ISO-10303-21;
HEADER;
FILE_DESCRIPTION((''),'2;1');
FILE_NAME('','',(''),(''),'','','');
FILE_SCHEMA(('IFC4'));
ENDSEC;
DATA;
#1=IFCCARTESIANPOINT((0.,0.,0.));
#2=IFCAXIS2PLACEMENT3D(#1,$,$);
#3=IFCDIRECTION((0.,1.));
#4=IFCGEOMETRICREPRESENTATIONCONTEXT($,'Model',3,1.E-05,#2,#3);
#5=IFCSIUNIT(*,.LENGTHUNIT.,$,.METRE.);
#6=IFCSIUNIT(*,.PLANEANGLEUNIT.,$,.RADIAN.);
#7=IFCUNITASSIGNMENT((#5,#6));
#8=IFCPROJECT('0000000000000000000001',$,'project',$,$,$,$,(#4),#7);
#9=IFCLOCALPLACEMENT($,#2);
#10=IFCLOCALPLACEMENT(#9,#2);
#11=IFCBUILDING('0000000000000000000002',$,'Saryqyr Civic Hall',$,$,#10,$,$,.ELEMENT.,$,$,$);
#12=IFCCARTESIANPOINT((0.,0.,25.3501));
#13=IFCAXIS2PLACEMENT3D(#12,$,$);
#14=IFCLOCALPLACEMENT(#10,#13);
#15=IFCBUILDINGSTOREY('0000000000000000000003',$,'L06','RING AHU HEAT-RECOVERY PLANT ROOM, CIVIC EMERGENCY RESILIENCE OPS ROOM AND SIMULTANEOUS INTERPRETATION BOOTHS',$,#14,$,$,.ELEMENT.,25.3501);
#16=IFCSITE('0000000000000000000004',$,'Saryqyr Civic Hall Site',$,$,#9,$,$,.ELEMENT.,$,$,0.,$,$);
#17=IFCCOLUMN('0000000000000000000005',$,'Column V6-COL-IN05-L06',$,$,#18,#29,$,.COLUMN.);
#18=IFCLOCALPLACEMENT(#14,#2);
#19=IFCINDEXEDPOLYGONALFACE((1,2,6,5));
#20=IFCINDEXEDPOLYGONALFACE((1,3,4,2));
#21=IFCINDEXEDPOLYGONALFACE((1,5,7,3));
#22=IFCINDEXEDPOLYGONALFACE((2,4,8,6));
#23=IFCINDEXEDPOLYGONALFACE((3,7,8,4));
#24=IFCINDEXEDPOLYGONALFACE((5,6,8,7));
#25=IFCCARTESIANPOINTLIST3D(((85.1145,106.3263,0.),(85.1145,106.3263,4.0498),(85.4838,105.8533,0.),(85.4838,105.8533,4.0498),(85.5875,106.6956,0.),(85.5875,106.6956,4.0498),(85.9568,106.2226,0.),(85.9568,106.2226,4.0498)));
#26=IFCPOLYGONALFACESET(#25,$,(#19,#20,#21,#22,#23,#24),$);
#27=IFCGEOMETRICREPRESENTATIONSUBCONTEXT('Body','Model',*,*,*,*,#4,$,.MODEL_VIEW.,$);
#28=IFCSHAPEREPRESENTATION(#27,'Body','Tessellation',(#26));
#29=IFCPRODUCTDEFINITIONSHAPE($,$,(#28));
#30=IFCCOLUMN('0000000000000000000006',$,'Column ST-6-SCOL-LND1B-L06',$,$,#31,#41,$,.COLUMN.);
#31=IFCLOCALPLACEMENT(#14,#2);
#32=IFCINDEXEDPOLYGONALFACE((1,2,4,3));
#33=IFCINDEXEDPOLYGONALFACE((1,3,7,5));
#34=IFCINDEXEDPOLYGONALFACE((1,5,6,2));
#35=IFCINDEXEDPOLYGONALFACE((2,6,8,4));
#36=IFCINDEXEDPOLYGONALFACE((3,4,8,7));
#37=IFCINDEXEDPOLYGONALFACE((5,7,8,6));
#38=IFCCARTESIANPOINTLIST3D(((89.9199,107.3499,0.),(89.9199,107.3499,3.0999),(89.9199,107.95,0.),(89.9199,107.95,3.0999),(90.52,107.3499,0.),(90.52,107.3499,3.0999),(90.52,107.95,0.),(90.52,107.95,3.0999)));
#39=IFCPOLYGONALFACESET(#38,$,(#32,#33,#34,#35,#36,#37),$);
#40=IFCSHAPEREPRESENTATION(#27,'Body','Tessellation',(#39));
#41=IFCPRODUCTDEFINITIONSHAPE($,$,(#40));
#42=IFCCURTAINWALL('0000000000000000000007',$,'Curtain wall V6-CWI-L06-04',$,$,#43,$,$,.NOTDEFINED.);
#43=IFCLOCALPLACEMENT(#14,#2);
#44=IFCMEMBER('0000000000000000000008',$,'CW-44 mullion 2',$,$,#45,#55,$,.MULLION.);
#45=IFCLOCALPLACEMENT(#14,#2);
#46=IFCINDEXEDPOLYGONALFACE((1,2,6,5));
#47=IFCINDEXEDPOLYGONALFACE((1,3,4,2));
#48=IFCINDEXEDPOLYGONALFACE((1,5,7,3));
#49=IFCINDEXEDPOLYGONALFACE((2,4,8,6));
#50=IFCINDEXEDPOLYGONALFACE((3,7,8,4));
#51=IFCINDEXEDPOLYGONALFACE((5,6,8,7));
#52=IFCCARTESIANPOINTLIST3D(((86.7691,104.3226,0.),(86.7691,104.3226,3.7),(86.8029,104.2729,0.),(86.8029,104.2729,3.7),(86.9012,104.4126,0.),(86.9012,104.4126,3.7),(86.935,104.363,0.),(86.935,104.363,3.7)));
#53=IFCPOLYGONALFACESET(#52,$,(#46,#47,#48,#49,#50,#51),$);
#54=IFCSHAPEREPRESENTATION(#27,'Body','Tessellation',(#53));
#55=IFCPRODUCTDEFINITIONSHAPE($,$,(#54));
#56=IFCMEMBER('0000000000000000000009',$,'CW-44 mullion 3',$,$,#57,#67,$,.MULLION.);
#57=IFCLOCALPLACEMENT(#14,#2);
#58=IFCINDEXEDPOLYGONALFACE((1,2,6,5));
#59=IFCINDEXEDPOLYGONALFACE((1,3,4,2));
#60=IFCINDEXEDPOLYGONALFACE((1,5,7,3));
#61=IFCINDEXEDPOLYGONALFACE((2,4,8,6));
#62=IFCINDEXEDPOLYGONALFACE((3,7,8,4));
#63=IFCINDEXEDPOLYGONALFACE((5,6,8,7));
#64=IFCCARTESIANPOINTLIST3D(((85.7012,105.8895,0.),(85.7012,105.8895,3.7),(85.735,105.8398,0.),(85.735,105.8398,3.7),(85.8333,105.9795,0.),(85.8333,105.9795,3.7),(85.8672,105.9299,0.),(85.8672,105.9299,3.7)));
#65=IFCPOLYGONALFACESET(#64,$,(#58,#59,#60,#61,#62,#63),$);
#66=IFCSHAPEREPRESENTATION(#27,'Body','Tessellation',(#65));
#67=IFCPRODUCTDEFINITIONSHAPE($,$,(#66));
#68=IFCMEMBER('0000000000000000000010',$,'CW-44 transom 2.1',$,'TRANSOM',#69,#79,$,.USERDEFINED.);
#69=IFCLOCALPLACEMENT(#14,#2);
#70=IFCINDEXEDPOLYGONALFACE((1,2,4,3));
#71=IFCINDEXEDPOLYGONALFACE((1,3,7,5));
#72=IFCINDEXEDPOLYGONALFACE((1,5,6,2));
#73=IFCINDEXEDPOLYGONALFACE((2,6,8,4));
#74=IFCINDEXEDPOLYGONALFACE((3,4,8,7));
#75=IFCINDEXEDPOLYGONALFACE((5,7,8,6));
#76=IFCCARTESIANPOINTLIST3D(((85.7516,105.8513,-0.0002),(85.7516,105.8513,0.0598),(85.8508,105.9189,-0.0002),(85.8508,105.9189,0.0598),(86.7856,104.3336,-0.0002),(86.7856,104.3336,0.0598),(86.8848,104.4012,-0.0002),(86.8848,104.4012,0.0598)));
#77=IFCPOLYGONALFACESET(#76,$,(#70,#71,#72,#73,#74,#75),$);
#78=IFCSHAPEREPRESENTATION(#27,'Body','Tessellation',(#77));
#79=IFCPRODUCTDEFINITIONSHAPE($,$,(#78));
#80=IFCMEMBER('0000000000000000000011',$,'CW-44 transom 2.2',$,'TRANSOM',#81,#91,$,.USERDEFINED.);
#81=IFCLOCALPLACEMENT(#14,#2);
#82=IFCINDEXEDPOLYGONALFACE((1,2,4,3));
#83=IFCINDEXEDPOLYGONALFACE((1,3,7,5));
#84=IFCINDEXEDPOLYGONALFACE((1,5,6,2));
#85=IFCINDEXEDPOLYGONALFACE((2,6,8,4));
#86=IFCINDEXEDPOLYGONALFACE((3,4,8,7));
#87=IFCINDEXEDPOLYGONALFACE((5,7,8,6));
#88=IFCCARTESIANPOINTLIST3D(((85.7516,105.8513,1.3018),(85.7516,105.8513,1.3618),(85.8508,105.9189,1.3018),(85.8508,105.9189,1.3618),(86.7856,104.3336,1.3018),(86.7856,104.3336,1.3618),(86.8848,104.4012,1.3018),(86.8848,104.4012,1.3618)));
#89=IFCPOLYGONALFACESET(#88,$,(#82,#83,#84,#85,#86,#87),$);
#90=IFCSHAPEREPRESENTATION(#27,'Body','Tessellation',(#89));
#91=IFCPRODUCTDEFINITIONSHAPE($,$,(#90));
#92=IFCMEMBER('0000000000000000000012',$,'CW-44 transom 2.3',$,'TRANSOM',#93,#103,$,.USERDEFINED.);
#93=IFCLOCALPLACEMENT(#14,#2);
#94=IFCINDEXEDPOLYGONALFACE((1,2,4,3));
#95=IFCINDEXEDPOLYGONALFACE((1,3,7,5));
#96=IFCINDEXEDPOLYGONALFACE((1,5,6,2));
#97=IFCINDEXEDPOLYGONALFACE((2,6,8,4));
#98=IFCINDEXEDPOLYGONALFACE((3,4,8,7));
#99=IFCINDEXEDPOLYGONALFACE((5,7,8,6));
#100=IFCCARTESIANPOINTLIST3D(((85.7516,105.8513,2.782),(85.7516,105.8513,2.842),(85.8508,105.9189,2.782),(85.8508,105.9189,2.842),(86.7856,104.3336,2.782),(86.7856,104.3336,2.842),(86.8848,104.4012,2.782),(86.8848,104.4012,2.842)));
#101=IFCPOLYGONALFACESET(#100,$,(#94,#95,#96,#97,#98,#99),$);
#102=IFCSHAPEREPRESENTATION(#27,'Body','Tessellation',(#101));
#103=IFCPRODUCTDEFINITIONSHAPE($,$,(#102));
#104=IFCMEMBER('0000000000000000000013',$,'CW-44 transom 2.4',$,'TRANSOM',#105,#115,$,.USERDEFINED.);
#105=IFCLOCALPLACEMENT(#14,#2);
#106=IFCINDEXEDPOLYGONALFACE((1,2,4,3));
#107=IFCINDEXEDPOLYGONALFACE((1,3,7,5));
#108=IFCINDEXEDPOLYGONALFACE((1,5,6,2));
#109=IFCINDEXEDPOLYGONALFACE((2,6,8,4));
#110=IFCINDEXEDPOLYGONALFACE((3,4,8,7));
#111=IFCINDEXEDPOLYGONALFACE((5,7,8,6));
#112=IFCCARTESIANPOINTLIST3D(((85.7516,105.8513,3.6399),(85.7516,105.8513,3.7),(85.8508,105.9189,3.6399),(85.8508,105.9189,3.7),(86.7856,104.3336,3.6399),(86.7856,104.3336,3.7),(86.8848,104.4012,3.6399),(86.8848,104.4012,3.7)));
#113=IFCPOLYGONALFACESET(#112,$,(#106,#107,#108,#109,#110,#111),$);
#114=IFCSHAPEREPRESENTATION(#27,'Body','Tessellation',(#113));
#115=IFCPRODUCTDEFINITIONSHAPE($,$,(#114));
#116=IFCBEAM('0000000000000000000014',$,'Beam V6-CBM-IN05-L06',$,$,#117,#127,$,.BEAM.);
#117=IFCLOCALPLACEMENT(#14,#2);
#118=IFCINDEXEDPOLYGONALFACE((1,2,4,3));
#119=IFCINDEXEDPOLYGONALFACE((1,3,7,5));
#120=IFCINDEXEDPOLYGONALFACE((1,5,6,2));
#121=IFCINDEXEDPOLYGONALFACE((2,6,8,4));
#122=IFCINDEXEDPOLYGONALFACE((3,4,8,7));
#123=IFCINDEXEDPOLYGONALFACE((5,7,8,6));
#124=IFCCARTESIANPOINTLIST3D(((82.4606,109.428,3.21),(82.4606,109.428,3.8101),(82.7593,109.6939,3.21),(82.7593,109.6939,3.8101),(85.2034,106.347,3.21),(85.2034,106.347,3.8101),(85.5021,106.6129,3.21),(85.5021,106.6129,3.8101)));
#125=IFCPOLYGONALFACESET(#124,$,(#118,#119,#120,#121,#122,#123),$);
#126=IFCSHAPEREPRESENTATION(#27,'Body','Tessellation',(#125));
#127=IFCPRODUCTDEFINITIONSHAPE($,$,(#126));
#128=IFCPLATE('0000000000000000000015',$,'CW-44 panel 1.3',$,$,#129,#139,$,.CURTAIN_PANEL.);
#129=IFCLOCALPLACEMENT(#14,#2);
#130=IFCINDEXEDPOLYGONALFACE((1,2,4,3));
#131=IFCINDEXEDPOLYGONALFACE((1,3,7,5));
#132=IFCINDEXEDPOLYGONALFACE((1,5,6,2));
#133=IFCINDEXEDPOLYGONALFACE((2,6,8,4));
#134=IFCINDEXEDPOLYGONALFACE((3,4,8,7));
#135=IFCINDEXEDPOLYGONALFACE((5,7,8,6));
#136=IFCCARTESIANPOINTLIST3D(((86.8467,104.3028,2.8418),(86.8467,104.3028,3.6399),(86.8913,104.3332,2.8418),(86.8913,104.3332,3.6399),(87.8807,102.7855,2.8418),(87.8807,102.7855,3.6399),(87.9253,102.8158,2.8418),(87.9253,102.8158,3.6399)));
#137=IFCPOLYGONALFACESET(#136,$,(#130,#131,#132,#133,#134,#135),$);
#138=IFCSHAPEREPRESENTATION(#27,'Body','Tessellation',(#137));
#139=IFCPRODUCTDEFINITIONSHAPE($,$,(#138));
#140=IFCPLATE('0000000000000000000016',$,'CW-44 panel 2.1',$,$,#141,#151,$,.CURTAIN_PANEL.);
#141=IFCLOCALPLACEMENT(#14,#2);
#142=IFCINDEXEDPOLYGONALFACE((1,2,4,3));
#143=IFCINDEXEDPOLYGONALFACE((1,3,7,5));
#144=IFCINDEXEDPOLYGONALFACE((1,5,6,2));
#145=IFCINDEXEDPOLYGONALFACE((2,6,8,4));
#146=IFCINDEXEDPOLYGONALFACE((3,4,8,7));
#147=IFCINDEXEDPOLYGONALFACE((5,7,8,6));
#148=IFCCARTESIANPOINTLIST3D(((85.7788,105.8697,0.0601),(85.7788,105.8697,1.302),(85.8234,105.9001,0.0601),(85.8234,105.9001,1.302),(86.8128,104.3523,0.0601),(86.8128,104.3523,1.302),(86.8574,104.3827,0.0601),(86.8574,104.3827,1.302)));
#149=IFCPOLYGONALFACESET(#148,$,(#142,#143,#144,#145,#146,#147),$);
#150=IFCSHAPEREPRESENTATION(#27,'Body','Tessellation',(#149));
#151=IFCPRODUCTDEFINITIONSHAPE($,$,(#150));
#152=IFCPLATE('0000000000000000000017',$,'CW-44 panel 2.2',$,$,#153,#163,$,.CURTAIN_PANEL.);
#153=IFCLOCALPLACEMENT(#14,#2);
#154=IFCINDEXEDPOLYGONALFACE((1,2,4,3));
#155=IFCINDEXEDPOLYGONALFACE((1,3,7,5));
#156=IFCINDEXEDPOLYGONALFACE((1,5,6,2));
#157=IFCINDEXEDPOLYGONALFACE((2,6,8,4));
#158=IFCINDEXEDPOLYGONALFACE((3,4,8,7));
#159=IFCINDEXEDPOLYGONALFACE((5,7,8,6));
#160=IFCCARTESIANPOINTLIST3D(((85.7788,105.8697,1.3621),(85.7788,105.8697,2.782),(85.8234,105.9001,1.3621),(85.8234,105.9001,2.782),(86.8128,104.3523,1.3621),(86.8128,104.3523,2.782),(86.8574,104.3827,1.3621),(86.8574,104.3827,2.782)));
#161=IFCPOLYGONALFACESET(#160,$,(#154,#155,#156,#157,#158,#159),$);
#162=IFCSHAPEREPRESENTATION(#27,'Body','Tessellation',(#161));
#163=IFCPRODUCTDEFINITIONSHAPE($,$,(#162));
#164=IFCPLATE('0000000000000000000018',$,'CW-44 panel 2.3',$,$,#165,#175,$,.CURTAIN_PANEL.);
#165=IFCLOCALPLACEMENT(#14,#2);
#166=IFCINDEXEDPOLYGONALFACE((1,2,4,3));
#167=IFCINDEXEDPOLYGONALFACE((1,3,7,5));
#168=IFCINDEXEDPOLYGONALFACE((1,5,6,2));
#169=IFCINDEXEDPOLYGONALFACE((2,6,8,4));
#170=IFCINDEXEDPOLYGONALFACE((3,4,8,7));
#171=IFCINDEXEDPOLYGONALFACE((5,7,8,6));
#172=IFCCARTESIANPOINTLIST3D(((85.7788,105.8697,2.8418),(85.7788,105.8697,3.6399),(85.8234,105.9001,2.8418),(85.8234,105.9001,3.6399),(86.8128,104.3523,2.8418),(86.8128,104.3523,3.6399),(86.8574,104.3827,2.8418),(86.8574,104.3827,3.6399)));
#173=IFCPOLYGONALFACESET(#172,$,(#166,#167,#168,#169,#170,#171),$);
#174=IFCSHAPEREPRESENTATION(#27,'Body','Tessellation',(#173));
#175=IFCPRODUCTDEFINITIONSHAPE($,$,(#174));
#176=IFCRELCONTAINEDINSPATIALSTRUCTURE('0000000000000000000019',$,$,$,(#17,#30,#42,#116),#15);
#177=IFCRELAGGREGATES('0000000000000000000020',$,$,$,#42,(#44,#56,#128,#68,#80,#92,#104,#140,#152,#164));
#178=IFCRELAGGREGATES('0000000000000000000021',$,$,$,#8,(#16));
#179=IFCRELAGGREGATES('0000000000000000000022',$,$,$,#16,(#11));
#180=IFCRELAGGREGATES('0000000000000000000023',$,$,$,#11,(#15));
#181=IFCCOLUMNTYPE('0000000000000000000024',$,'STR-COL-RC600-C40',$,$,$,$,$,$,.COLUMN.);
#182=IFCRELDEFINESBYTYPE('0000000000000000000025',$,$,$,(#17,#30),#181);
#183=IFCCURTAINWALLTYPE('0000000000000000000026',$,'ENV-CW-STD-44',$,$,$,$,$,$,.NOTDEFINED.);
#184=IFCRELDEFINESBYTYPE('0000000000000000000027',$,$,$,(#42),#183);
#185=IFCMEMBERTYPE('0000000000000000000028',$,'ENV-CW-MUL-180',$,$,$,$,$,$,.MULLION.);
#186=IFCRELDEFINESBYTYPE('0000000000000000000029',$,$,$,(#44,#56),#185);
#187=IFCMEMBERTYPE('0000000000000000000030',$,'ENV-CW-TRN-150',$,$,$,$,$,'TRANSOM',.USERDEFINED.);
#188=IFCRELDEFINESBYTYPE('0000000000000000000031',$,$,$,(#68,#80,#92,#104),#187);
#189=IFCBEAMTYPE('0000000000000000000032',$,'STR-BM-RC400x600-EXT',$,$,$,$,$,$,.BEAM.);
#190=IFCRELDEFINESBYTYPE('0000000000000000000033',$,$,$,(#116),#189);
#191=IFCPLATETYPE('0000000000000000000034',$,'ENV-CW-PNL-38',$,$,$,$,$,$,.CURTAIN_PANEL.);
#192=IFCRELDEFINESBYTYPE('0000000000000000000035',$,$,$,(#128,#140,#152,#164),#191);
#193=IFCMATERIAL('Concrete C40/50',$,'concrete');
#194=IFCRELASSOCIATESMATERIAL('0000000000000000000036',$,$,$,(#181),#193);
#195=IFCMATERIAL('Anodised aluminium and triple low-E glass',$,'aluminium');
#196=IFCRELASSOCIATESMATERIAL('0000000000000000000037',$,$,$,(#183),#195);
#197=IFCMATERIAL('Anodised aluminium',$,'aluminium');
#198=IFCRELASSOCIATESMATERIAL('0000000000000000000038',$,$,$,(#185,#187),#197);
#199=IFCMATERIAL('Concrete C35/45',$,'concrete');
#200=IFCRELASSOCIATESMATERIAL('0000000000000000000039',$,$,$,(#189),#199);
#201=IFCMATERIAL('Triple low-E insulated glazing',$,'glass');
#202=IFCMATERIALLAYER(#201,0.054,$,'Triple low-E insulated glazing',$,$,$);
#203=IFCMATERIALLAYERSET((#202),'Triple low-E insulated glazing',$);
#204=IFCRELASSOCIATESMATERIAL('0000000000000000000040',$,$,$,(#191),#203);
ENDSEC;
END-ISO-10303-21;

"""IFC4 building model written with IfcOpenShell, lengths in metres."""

from ifc_helpers import new_model, si_unit, direction, frame, origin, origin_2d, place, context, subcontext, project, spatial, rectangle, extrude, material, layer, layer_set, material_profile, profile_set, type_object, element, aggregate, save


model = new_model("IFC4")

# Units and contexts
model_context = context("Model", 3, precision=1e-05, world=origin(), true_north=direction((0.0, 1.0)))
body_context = subcontext(model_context, "Body", "Model", "MODEL_VIEW")
ifc_project = project(units=[si_unit("LENGTHUNIT", "METRE"), si_unit("PLANEANGLEUNIT", "RADIAN")], contexts=[model_context])

# Site, building, storey
site_placement = place(None, origin())
site = spatial("IfcSite", under=ifc_project, at=site_placement, Name="Saryqyr Civic Hall Site", CompositionType="ELEMENT", RefElevation=0.0)
building_placement = place(site_placement, origin())
building = spatial("IfcBuilding", under=site, at=building_placement, Name="Saryqyr Civic Hall", CompositionType="ELEMENT")
storey_placement = place(building_placement, frame((0.0, 0.0, 25.3501)))
storey = spatial("IfcBuildingStorey", under=building, at=storey_placement, Name="L06", Description="RING AHU HEAT-RECOVERY PLANT ROOM, CIVIC EMERGENCY RESILIENCE OPS ROOM AND SIMULTANEOUS INTERPRETATION BOOTHS", CompositionType="ELEMENT", Elevation=25.3501)

# Columns
ifc_material_1 = material(Name="Concrete C40/50", Category="concrete")
ifc_material_profile_1 = material_profile(ifc_material_1, rectangle(XDim=0.6001, YDim=0.6001, at=origin_2d()), Name="RC 600x600")
ifc_profile_set_1 = profile_set([ifc_material_profile_1], Name="Concrete C40/50")
column_type = type_object("IfcColumnType", Name="STR-COL-RC600-C40", PredefinedType="COLUMN", material=ifc_profile_set_1)
column_1_placement = place(storey_placement, frame((85.5356, 106.2744, 0.0), z_axis=(0.0, 0.0, 1.0), x_axis=(0.788226, 0.615386, 0.0)))
element("IfcColumn", 1, at=column_1_placement, inside=storey, type_object=column_type, Name="Column V6-COL-IN05-L06", PredefinedType="COLUMN", context=body_context, shape_type="SweptSolid", body=[
    extrude(rectangle(XDim=0.6001, YDim=0.6001, at=origin_2d()), origin(), (0.0, 0.0, 1.0), 4.0498),
])
column_2_placement = place(storey_placement, frame((90.22, 107.6499, 0.0), z_axis=(0.0, 0.0, 1.0), x_axis=(1.0, 0.0, 0.0)))
element("IfcColumn", 2, at=column_2_placement, inside=storey, type_object=column_type, Name="Column ST-6-SCOL-LND1B-L06", PredefinedType="COLUMN", context=body_context, shape_type="SweptSolid", body=[
    extrude(rectangle(XDim=0.6001, YDim=0.6001, at=origin_2d()), origin(), (0.0, 0.0, 1.0), 3.0999),
])

# Curtain wall, members
ifc_material_2 = material(Name="Anodised aluminium and triple low-E glass", Category="aluminium")
curtain_wall_type = type_object("IfcCurtainWallType", Name="ENV-CW-STD-44", PredefinedType="NOTDEFINED", material=ifc_material_2)
curtain_wall_placement = place(storey_placement, origin())
curtain_wall = element("IfcCurtainWall", 3, at=curtain_wall_placement, inside=storey, type_object=curtain_wall_type, Name="Curtain wall V6-CWI-L06-04", PredefinedType="NOTDEFINED")
ifc_material_3 = material(Name="Anodised aluminium", Category="aluminium")
ifc_material_profile_2 = material_profile(ifc_material_3, rectangle(XDim=0.0601, YDim=0.1599, at=origin_2d()), Name="ALU MULLION 60x160")
ifc_profile_set_2 = profile_set([ifc_material_profile_2], Name="Anodised aluminium")
member_type_1 = type_object("IfcMemberType", Name="ENV-CW-MUL-180", PredefinedType="MULLION", material=ifc_profile_set_2)
member_1_placement = place(storey_placement, frame((86.8521, 104.3428, 0.0), z_axis=(0.0, 0.0, 1.0), x_axis=(-0.56313, 0.826368, 0.0)))
member_1 = element("IfcMember", 4, at=member_1_placement, type_object=member_type_1, Name="CW-44 mullion 2", PredefinedType="MULLION", context=body_context, shape_type="SweptSolid", body=[
    extrude(rectangle(XDim=0.0601, YDim=0.1599, at=origin_2d()), origin(), (0.0, 0.0, 1.0), 3.7),
])
member_2_placement = place(storey_placement, frame((85.7842, 105.9097, 0.0), z_axis=(0.0, 0.0, 1.0), x_axis=(-0.56313, 0.826368, 0.0)))
member_2 = element("IfcMember", 5, at=member_2_placement, type_object=member_type_1, Name="CW-44 mullion 3", PredefinedType="MULLION", context=body_context, shape_type="SweptSolid", body=[
    extrude(rectangle(XDim=0.0601, YDim=0.1599, at=origin_2d()), origin(), (0.0, 0.0, 1.0), 3.7),
])
ifc_material_profile_3 = material_profile(ifc_material_3, rectangle(XDim=0.1201, YDim=0.0601, at=origin_2d()), Name="ALU TRANSOM 120x60")
ifc_profile_set_3 = profile_set([ifc_material_profile_3], Name="Anodised aluminium")
member_type_2 = type_object("IfcMemberType", Name="ENV-CW-TRN-150", ElementType="TRANSOM", PredefinedType="USERDEFINED", material=ifc_profile_set_3)
member_3_placement = place(storey_placement, frame((86.8352, 104.3674, 0.0298), z_axis=(-0.563048, 0.826424, 0.0), x_axis=(-0.826424, -0.563048, 0.0)))
member_3 = element("IfcMember", 6, at=member_3_placement, type_object=member_type_2, Name="CW-44 transom 2.1", ObjectType="TRANSOM", PredefinedType="USERDEFINED", context=body_context, shape_type="SweptSolid", body=[
    extrude(rectangle(XDim=0.1201, YDim=0.0601, at=origin_2d()), origin(), (0.0, 0.0, 1.0), 1.8364),
])
member_4_placement = place(storey_placement, frame((86.8352, 104.3674, 1.3318), z_axis=(-0.563048, 0.826424, 0.0), x_axis=(-0.826424, -0.563048, 0.0)))
member_4 = element("IfcMember", 7, at=member_4_placement, type_object=member_type_2, Name="CW-44 transom 2.2", ObjectType="TRANSOM", PredefinedType="USERDEFINED", context=body_context, shape_type="SweptSolid", body=[
    extrude(rectangle(XDim=0.1201, YDim=0.0601, at=origin_2d()), origin(), (0.0, 0.0, 1.0), 1.8364),
])
member_5_placement = place(storey_placement, frame((86.8352, 104.3674, 2.812), z_axis=(-0.563048, 0.826424, 0.0), x_axis=(-0.826424, -0.563048, 0.0)))
member_5 = element("IfcMember", 8, at=member_5_placement, type_object=member_type_2, Name="CW-44 transom 2.3", ObjectType="TRANSOM", PredefinedType="USERDEFINED", context=body_context, shape_type="SweptSolid", body=[
    extrude(rectangle(XDim=0.1201, YDim=0.0601, at=origin_2d()), origin(), (0.0, 0.0, 1.0), 1.8364),
])
member_6_placement = place(storey_placement, frame((86.8352, 104.3674, 3.6699), z_axis=(-0.563048, 0.826424, 0.0), x_axis=(-0.826424, -0.563048, 0.0)))
member_6 = element("IfcMember", 9, at=member_6_placement, type_object=member_type_2, Name="CW-44 transom 2.4", ObjectType="TRANSOM", PredefinedType="USERDEFINED", context=body_context, shape_type="SweptSolid", body=[
    extrude(rectangle(XDim=0.1201, YDim=0.0601, at=origin_2d()), origin(), (0.0, 0.0, 1.0), 1.8364),
])

# Beam
ifc_material_4 = material(Name="Concrete C35/45", Category="concrete")
ifc_material_profile_4 = material_profile(ifc_material_4, rectangle(XDim=0.3999, YDim=0.6001, at=origin_2d()), Name="RC 400x600")
ifc_profile_set_4 = profile_set([ifc_material_profile_4], Name="Concrete C35/45")
beam_type = type_object("IfcBeamType", Name="STR-BM-RC400x600-EXT", PredefinedType="BEAM", material=ifc_profile_set_4)
beam_placement = place(storey_placement, frame((85.3528, 106.48, 3.51), z_axis=(-0.664933, 0.746903, 0.0), x_axis=(-0.746903, -0.664933, 0.0)))
element("IfcBeam", 10, at=beam_placement, inside=storey, type_object=beam_type, Name="Beam V6-CBM-IN05-L06", PredefinedType="BEAM", context=body_context, shape_type="SweptSolid", body=[
    extrude(rectangle(XDim=0.3999, YDim=0.6001, at=origin_2d()), origin(), (0.0, 0.0, 1.0), 4.125),
])

# Plates
ifc_material_5 = material(Name="Triple low-E insulated glazing", Category="glass")
ifc_layer_1 = layer(ifc_material_5, 0.054, Name="Triple low-E insulated glazing")
ifc_layer_set_1 = layer_set([ifc_layer_1], Name="Triple low-E insulated glazing")
plate_type = type_object("IfcPlateType", Name="ENV-CW-PNL-38", PredefinedType="CURTAIN_PANEL", material=ifc_layer_set_1)
plate_1_placement = place(storey_placement, frame((87.386, 103.5593, 2.8418), z_axis=(0.0, 0.0, 1.0), x_axis=(-0.56313, 0.826368, 0.0)))
plate_1 = element("IfcPlate", 11, at=plate_1_placement, type_object=plate_type, Name="CW-44 panel 1.3", PredefinedType="CURTAIN_PANEL", context=body_context, shape_type="SweptSolid", body=[
    extrude(rectangle(XDim=1.8362, YDim=0.054, at=origin_2d()), origin(), (0.0, 0.0, 1.0), 0.7981),
])
plate_2_placement = place(storey_placement, frame((86.3181, 105.1262, 0.0601), z_axis=(0.0, 0.0, 1.0), x_axis=(-0.56313, 0.826368, 0.0)))
plate_2 = element("IfcPlate", 12, at=plate_2_placement, type_object=plate_type, Name="CW-44 panel 2.1", PredefinedType="CURTAIN_PANEL", context=body_context, shape_type="SweptSolid", body=[
    extrude(rectangle(XDim=1.8362, YDim=0.054, at=origin_2d()), origin(), (0.0, 0.0, 1.0), 1.2419),
])
plate_3_placement = place(storey_placement, frame((86.3181, 105.1262, 1.3621), z_axis=(0.0, 0.0, 1.0), x_axis=(-0.56313, 0.826368, 0.0)))
plate_3 = element("IfcPlate", 13, at=plate_3_placement, type_object=plate_type, Name="CW-44 panel 2.2", PredefinedType="CURTAIN_PANEL", context=body_context, shape_type="SweptSolid", body=[
    extrude(rectangle(XDim=1.8362, YDim=0.054, at=origin_2d()), origin(), (0.0, 0.0, 1.0), 1.4199),
])
plate_4_placement = place(storey_placement, frame((86.3181, 105.1262, 2.8418), z_axis=(0.0, 0.0, 1.0), x_axis=(-0.56313, 0.826368, 0.0)))
plate_4 = element("IfcPlate", 14, at=plate_4_placement, type_object=plate_type, Name="CW-44 panel 2.3", PredefinedType="CURTAIN_PANEL", context=body_context, shape_type="SweptSolid", body=[
    extrude(rectangle(XDim=1.8362, YDim=0.054, at=origin_2d()), origin(), (0.0, 0.0, 1.0), 0.7981),
])
aggregate(curtain_wall, [member_1, member_2, plate_1, member_3, member_4, member_5, member_6, plate_2, plate_3, plate_4])

save(model, "model.ifc")
